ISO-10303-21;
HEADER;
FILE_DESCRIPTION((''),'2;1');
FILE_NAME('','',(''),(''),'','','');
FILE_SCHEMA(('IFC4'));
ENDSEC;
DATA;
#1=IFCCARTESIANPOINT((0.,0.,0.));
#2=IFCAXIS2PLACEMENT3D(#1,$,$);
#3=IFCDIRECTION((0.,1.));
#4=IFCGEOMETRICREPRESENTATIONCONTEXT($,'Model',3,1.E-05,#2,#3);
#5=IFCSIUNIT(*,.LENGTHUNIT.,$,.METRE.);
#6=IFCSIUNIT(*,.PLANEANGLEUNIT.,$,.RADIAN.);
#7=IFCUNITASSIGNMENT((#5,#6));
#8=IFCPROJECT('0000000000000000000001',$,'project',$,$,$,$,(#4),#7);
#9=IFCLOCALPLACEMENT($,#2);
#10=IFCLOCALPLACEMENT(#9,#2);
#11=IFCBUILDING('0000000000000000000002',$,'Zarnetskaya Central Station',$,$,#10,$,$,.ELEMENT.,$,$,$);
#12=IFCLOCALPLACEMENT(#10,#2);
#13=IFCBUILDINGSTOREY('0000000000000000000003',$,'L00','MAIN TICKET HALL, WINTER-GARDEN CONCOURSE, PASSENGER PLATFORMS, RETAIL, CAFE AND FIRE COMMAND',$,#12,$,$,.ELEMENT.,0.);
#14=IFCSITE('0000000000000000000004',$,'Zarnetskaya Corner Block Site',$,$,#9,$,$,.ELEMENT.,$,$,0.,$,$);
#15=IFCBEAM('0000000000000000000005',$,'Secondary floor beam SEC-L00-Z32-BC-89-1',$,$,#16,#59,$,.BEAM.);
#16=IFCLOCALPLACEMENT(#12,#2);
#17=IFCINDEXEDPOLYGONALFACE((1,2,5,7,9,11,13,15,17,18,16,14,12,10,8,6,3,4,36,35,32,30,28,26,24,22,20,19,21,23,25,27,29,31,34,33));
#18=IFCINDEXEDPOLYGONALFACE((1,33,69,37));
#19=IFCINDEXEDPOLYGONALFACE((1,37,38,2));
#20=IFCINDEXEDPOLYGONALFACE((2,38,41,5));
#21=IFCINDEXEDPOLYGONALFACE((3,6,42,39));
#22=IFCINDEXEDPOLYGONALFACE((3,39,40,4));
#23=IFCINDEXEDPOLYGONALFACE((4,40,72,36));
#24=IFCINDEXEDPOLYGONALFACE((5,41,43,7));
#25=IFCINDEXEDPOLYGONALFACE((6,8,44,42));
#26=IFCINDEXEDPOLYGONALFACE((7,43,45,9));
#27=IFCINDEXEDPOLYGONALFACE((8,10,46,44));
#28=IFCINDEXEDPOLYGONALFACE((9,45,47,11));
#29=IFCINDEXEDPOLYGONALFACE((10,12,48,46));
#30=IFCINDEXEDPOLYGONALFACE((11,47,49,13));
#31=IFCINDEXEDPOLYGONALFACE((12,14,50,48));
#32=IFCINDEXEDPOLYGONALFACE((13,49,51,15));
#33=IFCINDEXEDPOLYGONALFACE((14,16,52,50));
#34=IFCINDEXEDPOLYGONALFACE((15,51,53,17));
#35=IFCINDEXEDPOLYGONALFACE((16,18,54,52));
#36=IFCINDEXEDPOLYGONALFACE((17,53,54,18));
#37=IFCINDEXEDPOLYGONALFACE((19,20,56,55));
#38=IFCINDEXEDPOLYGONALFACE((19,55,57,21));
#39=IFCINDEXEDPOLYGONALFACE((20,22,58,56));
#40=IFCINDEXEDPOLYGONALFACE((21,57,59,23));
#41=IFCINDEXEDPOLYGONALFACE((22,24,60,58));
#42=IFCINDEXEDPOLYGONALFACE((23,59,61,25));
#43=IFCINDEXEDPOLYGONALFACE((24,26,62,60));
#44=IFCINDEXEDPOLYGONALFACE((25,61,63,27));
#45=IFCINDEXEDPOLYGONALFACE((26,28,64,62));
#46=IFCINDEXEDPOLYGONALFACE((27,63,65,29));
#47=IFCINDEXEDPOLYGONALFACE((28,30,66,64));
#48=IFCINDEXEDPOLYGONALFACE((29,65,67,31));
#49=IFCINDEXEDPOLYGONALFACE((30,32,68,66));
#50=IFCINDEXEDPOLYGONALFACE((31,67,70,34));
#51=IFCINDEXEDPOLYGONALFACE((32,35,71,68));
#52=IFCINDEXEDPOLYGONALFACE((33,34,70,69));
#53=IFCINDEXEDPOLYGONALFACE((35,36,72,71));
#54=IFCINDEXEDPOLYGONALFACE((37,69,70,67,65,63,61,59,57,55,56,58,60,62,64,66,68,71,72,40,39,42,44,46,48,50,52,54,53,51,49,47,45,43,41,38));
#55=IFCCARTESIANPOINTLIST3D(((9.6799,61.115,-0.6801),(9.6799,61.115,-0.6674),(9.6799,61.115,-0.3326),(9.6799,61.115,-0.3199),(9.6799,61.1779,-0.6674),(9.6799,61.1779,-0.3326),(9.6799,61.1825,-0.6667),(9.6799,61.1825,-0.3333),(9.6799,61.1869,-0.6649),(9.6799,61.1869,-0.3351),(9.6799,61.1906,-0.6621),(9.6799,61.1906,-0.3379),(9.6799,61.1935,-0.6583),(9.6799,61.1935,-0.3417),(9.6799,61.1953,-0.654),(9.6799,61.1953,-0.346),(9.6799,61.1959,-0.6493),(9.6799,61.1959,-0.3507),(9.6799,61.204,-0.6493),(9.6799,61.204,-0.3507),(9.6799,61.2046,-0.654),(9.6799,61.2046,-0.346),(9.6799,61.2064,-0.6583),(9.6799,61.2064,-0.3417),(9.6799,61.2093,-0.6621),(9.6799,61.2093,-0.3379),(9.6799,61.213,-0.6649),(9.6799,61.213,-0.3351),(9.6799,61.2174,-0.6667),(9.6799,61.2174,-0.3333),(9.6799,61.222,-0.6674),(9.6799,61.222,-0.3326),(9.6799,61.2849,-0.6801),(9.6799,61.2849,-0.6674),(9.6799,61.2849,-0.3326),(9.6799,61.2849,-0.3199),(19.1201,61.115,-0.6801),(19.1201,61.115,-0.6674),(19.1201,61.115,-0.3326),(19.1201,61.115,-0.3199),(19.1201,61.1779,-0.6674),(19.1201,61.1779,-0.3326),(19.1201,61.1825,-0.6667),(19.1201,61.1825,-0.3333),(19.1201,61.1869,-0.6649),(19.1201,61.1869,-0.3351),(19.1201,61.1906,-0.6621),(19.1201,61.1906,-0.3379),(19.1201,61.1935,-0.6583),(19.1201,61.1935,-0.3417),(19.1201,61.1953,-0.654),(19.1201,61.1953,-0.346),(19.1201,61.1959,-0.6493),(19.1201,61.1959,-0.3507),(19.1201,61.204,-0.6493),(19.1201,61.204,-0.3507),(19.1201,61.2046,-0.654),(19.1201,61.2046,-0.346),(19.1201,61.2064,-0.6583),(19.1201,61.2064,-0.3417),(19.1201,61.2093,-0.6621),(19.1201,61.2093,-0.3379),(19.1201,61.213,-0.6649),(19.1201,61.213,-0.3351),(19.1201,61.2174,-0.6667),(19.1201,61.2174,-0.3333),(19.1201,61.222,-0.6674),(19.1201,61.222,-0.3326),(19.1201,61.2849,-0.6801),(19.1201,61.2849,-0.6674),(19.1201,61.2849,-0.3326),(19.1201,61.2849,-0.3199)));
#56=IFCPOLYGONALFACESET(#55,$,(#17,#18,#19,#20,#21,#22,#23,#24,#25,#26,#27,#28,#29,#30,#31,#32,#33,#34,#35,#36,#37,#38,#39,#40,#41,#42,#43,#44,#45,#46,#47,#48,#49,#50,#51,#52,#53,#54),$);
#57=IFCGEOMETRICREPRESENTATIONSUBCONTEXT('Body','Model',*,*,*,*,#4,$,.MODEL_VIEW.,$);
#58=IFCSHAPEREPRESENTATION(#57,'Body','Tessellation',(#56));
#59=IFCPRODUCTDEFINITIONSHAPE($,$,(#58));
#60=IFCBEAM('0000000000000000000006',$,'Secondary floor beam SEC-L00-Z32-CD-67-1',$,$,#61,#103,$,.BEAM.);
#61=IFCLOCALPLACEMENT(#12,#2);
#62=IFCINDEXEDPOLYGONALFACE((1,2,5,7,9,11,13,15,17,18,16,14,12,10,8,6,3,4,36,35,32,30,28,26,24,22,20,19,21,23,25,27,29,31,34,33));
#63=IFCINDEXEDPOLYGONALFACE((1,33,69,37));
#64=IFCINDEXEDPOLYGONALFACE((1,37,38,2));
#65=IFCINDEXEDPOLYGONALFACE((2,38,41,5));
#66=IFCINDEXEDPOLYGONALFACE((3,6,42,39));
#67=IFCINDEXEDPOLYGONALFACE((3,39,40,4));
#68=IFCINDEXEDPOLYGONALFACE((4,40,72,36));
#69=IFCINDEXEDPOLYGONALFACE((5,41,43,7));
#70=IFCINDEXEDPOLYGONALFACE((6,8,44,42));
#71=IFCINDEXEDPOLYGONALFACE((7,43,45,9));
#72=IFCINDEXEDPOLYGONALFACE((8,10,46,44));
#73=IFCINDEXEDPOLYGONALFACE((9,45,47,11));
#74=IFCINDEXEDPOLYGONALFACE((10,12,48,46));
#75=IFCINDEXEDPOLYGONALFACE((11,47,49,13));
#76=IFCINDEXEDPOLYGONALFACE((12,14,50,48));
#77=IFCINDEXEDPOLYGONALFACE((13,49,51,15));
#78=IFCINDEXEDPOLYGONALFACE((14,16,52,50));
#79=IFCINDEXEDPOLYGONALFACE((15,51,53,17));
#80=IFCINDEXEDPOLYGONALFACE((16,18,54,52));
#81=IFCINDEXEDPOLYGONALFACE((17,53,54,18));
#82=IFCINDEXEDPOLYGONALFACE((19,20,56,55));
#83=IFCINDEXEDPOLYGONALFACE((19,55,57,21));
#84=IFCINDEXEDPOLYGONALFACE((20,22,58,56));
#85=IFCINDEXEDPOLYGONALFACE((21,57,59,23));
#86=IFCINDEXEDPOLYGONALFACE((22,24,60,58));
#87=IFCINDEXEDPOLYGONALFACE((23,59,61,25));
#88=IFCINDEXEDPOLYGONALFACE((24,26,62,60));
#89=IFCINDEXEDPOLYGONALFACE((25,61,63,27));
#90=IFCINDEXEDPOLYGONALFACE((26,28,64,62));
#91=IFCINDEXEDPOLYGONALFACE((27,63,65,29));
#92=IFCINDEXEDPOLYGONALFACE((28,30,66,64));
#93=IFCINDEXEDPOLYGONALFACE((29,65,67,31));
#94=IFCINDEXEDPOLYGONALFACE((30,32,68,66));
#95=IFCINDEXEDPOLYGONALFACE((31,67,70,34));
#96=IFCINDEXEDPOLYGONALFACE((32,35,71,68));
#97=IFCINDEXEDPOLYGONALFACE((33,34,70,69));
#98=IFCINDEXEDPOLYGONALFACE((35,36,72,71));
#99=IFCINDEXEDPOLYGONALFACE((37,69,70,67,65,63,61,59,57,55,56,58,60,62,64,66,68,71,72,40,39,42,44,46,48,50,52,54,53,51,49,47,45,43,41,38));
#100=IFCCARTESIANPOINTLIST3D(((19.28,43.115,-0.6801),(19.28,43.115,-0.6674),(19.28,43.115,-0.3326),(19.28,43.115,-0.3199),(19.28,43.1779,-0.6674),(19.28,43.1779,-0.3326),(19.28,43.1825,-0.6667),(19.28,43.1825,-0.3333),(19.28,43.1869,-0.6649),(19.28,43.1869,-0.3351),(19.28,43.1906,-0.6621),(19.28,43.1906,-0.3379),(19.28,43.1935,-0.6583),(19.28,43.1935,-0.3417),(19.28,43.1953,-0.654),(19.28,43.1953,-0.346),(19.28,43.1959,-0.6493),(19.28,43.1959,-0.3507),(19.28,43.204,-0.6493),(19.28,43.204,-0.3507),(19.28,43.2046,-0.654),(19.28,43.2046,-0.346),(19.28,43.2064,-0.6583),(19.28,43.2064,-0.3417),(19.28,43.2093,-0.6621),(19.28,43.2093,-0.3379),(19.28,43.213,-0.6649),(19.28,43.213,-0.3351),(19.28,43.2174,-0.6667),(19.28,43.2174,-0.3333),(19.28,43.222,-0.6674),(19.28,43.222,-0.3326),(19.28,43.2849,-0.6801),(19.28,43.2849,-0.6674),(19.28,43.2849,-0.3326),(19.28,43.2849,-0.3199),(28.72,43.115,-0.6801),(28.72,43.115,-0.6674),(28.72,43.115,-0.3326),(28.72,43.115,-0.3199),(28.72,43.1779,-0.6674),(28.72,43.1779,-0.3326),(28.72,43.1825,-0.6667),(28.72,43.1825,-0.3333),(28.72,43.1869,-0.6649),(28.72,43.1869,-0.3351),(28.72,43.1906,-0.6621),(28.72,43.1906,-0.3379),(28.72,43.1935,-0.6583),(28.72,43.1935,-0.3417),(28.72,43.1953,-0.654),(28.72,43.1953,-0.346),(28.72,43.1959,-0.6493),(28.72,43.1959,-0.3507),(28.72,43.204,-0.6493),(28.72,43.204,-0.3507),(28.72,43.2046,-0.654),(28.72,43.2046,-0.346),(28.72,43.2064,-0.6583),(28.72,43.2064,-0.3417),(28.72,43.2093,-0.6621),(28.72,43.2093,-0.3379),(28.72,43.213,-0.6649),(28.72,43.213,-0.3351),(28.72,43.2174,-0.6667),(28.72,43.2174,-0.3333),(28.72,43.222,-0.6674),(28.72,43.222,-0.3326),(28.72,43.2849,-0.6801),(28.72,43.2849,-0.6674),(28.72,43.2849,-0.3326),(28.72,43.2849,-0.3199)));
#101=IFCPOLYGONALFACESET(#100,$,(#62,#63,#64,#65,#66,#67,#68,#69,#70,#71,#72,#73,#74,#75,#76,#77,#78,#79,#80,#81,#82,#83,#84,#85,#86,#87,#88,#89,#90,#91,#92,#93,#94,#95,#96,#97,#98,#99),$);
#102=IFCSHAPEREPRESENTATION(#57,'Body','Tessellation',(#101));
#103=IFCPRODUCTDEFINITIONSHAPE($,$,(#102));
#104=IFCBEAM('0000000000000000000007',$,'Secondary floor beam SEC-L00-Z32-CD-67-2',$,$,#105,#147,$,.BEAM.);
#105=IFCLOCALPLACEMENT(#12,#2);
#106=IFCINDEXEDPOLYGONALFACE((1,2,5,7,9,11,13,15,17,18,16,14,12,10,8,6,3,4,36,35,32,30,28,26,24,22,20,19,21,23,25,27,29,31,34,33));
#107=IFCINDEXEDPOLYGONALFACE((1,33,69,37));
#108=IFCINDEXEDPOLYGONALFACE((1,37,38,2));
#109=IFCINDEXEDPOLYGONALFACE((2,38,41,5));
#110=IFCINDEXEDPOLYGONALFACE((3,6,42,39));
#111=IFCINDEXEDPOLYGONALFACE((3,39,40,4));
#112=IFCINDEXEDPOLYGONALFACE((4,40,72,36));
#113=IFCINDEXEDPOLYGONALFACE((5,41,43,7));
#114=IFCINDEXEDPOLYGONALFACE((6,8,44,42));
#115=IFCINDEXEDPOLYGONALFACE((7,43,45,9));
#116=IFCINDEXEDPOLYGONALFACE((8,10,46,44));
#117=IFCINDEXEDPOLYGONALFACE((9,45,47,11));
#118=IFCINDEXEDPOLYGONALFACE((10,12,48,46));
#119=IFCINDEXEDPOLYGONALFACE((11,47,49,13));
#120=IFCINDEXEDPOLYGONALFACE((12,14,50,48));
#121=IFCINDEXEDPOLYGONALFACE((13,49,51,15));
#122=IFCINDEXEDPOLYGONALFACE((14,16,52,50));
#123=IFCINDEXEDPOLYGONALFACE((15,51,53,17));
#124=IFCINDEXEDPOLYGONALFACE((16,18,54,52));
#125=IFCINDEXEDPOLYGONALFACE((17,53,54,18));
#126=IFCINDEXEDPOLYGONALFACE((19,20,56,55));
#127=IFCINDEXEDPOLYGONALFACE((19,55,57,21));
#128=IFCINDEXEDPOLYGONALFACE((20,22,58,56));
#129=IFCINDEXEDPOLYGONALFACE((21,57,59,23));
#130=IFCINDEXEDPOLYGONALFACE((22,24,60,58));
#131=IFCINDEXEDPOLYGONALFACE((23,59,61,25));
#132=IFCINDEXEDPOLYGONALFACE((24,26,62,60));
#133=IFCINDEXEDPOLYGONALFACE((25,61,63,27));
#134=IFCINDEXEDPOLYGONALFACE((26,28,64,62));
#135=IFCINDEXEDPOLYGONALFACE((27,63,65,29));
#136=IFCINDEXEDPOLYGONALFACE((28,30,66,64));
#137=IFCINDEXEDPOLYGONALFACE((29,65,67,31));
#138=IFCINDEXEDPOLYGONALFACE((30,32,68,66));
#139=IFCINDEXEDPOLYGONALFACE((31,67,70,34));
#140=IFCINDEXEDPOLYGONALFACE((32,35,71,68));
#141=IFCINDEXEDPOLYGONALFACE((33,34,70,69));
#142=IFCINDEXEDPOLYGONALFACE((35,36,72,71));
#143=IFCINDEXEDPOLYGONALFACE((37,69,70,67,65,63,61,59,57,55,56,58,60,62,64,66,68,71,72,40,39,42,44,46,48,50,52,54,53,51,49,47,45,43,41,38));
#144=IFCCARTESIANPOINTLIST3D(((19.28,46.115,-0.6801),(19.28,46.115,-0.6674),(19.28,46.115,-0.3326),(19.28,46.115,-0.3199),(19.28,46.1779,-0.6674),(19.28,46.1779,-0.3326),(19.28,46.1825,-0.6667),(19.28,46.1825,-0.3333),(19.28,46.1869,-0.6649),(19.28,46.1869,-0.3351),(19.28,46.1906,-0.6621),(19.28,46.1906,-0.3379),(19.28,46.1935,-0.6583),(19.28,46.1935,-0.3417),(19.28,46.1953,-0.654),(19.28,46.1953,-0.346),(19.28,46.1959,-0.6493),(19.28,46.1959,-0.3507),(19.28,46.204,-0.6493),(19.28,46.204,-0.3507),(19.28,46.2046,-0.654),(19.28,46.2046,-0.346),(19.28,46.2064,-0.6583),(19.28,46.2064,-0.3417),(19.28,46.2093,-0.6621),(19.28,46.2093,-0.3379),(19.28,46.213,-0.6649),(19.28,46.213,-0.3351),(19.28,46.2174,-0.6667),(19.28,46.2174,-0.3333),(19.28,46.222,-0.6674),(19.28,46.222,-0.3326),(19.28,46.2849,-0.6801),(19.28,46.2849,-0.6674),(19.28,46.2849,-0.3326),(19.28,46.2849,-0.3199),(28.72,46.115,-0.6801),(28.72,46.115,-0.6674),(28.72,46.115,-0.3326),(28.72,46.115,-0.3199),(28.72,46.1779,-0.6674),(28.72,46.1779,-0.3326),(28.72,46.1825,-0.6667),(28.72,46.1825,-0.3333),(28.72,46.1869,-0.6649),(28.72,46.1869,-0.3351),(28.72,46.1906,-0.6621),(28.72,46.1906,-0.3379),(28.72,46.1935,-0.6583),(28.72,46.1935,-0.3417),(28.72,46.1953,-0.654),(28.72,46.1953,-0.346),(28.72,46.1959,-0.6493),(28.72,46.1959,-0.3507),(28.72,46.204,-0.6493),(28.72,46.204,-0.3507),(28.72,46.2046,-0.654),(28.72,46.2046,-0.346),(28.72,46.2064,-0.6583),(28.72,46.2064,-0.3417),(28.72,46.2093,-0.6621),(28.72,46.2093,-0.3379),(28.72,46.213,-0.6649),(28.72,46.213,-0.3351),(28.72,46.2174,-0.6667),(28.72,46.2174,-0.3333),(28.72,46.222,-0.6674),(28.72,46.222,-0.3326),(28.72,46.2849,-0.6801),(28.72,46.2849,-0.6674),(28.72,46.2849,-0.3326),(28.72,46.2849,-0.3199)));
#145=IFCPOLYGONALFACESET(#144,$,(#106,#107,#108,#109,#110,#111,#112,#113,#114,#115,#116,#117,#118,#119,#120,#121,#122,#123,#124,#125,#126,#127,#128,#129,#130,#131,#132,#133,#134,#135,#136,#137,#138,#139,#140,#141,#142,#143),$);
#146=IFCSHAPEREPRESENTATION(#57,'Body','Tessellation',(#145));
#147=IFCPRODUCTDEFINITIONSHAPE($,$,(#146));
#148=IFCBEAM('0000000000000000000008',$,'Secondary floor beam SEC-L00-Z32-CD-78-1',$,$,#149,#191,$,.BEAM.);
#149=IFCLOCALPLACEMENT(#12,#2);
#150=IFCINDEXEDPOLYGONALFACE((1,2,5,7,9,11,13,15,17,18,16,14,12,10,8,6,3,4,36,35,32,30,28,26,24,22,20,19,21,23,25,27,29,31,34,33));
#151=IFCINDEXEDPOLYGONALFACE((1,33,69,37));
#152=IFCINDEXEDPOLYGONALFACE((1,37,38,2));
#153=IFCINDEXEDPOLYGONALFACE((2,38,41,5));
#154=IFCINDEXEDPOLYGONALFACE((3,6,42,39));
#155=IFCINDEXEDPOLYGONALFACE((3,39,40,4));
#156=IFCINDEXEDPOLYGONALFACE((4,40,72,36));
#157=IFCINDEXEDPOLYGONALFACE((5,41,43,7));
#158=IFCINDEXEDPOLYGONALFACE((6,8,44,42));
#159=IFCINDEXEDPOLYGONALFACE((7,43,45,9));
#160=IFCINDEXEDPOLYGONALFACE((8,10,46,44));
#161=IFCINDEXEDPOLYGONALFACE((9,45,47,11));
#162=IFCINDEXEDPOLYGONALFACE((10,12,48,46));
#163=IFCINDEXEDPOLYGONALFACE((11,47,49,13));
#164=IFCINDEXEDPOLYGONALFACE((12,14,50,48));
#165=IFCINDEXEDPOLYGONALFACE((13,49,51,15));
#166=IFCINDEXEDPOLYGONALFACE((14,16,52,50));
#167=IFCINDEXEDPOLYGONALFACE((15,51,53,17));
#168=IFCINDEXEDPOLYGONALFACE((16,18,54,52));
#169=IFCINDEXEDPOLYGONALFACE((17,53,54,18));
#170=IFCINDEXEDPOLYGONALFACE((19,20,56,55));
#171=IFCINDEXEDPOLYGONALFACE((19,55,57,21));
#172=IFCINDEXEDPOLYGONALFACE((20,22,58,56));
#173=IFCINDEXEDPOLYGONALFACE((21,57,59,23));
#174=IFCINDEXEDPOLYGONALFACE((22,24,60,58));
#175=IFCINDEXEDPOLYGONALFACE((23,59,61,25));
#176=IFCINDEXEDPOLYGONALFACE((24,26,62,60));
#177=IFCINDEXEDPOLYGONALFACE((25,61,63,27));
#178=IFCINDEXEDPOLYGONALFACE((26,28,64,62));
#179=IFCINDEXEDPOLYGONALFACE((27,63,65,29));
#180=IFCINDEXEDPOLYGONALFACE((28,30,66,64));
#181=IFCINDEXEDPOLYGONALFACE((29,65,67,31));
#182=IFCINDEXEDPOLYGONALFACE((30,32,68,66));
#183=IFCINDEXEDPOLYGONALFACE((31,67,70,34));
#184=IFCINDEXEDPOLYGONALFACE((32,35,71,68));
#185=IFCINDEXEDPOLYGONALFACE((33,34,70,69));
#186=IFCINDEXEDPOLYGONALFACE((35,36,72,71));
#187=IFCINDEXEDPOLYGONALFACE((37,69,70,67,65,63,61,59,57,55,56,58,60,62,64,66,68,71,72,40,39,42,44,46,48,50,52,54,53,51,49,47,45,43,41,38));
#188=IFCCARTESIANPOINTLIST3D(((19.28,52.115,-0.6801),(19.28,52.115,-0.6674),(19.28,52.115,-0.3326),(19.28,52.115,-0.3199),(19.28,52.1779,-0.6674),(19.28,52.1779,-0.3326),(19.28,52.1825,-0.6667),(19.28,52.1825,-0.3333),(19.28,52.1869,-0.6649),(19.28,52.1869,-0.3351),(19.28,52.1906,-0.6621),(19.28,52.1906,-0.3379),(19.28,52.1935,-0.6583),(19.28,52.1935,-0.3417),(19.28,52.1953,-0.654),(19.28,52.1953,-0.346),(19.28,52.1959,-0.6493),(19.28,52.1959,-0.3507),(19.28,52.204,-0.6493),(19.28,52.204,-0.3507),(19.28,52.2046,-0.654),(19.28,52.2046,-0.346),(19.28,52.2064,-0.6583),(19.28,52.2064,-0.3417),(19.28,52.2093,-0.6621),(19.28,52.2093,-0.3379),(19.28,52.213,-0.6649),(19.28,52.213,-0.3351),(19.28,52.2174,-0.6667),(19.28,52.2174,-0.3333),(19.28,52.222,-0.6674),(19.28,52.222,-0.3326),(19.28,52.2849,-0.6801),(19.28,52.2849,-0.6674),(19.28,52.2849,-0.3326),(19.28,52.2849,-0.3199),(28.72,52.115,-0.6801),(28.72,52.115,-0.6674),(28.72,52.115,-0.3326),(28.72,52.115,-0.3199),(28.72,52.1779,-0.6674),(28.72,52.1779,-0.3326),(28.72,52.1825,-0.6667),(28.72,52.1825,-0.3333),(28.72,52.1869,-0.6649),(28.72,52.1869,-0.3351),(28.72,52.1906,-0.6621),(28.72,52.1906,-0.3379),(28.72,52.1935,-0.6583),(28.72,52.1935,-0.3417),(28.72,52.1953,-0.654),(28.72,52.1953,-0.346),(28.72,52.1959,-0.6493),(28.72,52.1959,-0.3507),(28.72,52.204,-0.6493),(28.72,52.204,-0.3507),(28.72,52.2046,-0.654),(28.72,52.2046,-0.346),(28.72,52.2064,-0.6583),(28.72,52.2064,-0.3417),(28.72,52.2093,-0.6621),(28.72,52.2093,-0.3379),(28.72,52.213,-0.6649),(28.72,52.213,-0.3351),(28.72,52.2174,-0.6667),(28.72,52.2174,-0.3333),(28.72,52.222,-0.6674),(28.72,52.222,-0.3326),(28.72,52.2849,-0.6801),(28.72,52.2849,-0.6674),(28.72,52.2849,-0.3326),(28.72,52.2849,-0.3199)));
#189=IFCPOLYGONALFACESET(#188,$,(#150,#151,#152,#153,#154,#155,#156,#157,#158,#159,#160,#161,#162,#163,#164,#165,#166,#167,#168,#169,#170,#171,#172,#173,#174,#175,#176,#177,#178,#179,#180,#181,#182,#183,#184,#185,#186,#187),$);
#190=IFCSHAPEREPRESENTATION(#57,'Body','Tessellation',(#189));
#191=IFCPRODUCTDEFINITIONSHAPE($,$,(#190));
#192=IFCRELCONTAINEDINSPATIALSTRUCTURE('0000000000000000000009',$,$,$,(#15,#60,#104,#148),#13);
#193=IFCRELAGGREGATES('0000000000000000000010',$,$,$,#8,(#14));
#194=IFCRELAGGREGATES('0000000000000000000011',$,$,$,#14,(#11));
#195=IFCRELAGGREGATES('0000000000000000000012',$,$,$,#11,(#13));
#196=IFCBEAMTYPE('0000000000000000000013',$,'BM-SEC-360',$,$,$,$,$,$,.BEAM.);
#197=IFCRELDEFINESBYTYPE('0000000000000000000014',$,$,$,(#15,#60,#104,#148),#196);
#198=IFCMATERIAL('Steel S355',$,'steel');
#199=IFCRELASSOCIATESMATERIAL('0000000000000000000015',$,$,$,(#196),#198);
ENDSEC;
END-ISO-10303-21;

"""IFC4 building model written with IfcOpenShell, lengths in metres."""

from ifc_helpers import new_model, si_unit, direction, frame, origin, origin_2d, place, context, subcontext, project, spatial, i_section, extrude, material, material_profile, profile_set, type_object, element, save


model = new_model("IFC4")

# Units and contexts
model_context = context("Model", 3, precision=1e-05, world=origin(), true_north=direction((0.0, 1.0)))
body_context = subcontext(model_context, "Body", "Model", "MODEL_VIEW")
ifc_project = project(units=[si_unit("LENGTHUNIT", "METRE"), si_unit("PLANEANGLEUNIT", "RADIAN")], contexts=[model_context])

# Site, building, storey
site_placement = place(None, origin())
site = spatial("IfcSite", under=ifc_project, at=site_placement, Name="Zarnetskaya Corner Block Site", CompositionType="ELEMENT", RefElevation=0.0)
building_placement = place(site_placement, origin())
building = spatial("IfcBuilding", under=site, at=building_placement, Name="Zarnetskaya Central Station", CompositionType="ELEMENT")
storey_placement = place(building_placement, origin())
storey = spatial("IfcBuildingStorey", under=building, at=storey_placement, Name="L00", Description="MAIN TICKET HALL, WINTER-GARDEN CONCOURSE, PASSENGER PLATFORMS, RETAIL, CAFE AND FIRE COMMAND", CompositionType="ELEMENT", Elevation=0.0)

# Shared definitions
ifc_material_1 = material(Name="Steel S355", Category="steel")

# Beams
ifc_material_profile_1 = material_profile(ifc_material_1, i_section(OverallWidth=0.1699, OverallDepth=0.3601, WebThickness=0.0081, FlangeThickness=0.0127, FilletRadius=0.0181, at=origin_2d()), Name="IPE 360")
ifc_profile_set_1 = profile_set([ifc_material_profile_1], Name="Steel S355")
beam_type_1 = type_object("IfcBeamType", Name="BM-SEC-360", PredefinedType="BEAM", material=ifc_profile_set_1)
for number, where, z_axis, x_axis, name in (
    (1, (9.6799, 61.2, -0.5), (1.0, 0.0, 0.0), (0.0, 1.0, 0.0), "Secondary floor beam SEC-L00-Z32-BC-89-1"),
):
    element("IfcBeam", number, at=place(storey_placement, frame(where, z_axis=z_axis, x_axis=x_axis)), inside=storey, type_object=beam_type_1, Name=name, PredefinedType="BEAM", context=body_context, shape_type="SweptSolid", body=[
        extrude(i_section(OverallWidth=0.1699, OverallDepth=0.3601, WebThickness=0.0081, FlangeThickness=0.0127, FilletRadius=0.0181, at=origin_2d()), origin(), (0.0, 0.0, 1.0), 9.4402),
    ])
for number, where, z_axis, x_axis, name in (
    (2, (19.28, 43.2, -0.5), (1.0, 0.0, 0.0), (0.0, 1.0, 0.0), "Secondary floor beam SEC-L00-Z32-CD-67-1"),
    (3, (19.28, 46.2, -0.5), (1.0, 0.0, 0.0), (0.0, 1.0, 0.0), "Secondary floor beam SEC-L00-Z32-CD-67-2"),
    (4, (19.28, 52.2, -0.5), (1.0, 0.0, 0.0), (0.0, 1.0, 0.0), "Secondary floor beam SEC-L00-Z32-CD-78-1"),
):
    element("IfcBeam", number, at=place(storey_placement, frame(where, z_axis=z_axis, x_axis=x_axis)), inside=storey, type_object=beam_type_1, Name=name, PredefinedType="BEAM", context=body_context, shape_type="SweptSolid", body=[
        extrude(i_section(OverallWidth=0.1699, OverallDepth=0.3601, WebThickness=0.0081, FlangeThickness=0.0127, FilletRadius=0.0181, at=origin_2d()), origin(), (0.0, 0.0, 1.0), 9.4399),
    ])

save(model, "model.ifc")
